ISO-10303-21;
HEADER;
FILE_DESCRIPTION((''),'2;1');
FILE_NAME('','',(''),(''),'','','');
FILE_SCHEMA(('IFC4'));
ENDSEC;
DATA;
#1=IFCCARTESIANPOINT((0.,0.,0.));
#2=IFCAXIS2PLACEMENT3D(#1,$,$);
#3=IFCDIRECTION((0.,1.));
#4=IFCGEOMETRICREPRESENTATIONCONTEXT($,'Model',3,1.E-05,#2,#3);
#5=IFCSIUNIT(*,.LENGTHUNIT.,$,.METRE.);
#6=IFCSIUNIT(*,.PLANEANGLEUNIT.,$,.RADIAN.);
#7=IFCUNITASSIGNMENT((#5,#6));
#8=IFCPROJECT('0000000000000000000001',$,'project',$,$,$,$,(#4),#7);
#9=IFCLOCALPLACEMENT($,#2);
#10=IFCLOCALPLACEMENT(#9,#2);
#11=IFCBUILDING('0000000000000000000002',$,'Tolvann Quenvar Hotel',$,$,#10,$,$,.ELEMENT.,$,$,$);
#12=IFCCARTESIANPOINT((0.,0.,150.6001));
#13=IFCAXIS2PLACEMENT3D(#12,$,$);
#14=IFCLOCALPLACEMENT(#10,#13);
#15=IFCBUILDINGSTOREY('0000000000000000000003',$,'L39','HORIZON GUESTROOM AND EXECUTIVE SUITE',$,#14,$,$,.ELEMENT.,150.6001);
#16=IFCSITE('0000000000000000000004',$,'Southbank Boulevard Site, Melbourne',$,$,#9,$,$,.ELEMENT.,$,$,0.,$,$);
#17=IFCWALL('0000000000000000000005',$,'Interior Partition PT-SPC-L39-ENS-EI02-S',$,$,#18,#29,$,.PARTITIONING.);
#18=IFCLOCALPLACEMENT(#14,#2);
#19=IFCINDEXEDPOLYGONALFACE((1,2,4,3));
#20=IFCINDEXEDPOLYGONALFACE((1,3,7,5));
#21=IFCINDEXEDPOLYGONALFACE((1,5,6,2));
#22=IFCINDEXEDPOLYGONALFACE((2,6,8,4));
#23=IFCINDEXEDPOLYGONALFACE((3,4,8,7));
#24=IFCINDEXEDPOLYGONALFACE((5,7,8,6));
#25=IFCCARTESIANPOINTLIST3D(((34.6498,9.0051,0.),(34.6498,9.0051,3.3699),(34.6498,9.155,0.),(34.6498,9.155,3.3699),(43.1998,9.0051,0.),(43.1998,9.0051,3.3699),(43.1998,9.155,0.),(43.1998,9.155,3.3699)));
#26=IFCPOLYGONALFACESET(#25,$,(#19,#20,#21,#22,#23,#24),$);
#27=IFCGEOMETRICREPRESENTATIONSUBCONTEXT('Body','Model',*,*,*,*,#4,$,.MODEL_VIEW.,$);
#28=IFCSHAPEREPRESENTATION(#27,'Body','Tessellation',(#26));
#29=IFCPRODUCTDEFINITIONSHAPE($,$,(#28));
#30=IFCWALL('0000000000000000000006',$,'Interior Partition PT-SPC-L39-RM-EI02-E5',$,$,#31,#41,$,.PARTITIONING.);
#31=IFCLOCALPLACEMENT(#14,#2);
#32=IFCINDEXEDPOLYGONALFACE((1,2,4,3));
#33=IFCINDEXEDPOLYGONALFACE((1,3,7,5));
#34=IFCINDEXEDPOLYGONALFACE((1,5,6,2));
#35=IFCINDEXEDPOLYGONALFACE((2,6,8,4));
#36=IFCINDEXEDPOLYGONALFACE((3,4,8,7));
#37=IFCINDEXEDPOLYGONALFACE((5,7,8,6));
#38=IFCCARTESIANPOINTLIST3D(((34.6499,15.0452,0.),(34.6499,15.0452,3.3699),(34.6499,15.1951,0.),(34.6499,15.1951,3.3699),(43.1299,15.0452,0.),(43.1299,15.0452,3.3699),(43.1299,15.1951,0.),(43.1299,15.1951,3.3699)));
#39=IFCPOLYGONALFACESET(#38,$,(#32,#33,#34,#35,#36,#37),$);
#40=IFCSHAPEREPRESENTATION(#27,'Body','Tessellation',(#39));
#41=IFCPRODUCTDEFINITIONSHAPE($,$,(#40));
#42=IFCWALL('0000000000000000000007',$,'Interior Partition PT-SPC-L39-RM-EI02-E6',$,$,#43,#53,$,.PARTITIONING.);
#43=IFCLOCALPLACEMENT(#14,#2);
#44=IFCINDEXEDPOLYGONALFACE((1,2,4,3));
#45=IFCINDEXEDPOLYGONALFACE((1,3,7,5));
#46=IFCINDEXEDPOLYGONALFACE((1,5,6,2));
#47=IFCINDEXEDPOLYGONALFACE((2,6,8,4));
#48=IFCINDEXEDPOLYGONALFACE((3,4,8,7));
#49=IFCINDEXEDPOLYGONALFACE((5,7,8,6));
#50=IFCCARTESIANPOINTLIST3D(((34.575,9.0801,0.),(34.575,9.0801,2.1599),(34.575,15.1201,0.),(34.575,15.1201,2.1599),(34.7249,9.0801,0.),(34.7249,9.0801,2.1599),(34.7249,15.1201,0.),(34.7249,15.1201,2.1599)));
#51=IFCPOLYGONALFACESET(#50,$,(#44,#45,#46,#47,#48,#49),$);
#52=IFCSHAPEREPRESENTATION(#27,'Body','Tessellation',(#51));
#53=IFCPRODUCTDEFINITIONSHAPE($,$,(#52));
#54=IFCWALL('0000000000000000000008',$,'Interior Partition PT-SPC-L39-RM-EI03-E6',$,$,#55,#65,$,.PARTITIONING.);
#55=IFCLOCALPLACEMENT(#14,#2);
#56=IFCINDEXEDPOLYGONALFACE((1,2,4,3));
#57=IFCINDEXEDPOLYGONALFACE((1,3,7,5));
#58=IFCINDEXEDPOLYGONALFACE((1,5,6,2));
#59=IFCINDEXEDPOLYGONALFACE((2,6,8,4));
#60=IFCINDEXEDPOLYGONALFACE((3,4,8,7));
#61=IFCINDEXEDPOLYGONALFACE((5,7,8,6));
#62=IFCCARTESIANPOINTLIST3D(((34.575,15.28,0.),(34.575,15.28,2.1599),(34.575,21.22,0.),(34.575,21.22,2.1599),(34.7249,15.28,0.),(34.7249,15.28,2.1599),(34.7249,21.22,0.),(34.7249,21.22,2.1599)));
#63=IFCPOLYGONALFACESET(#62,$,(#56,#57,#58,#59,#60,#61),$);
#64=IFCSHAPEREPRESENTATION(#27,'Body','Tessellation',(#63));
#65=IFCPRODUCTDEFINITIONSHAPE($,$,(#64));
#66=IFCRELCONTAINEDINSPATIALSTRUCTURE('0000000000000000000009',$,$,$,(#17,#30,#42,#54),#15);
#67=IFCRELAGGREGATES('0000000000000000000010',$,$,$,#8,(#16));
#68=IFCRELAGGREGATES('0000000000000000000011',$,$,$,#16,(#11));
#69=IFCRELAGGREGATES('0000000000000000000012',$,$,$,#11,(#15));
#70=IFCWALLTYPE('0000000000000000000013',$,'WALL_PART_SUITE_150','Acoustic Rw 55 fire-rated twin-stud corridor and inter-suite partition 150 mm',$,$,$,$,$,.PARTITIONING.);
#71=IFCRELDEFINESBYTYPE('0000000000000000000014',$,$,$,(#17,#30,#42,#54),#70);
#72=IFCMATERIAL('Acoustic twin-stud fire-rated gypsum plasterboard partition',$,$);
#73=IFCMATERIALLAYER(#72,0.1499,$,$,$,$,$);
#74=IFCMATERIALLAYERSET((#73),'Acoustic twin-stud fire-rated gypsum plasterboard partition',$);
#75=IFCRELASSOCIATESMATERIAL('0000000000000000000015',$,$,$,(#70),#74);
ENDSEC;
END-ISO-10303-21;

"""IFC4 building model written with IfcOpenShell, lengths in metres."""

from ifc_helpers import new_model, si_unit, direction, frame, frame_2d, origin, place, context, subcontext, project, spatial, rectangle, extrude, material, layer, layer_set, type_object, element, save


model = new_model("IFC4")

# Units and contexts
model_context = context("Model", 3, precision=1e-05, world=origin(), true_north=direction((0.0, 1.0)))
body_context = subcontext(model_context, "Body", "Model", "MODEL_VIEW")
ifc_project = project(units=[si_unit("LENGTHUNIT", "METRE"), si_unit("PLANEANGLEUNIT", "RADIAN")], contexts=[model_context])

# Site, building, storey
site_placement = place(None, origin())
site = spatial("IfcSite", under=ifc_project, at=site_placement, Name="Southbank Boulevard Site, Melbourne", CompositionType="ELEMENT", RefElevation=0.0)
building_placement = place(site_placement, origin())
building = spatial("IfcBuilding", under=site, at=building_placement, Name="Tolvann Quenvar Hotel", CompositionType="ELEMENT")
storey_placement = place(building_placement, frame((0.0, 0.0, 150.6001)))
storey = spatial("IfcBuildingStorey", under=building, at=storey_placement, Name="L39", Description="HORIZON GUESTROOM AND EXECUTIVE SUITE", CompositionType="ELEMENT", Elevation=150.6001)

# Walls
ifc_material_1 = material(Name="Acoustic twin-stud fire-rated gypsum plasterboard partition")
ifc_layer_1 = layer(ifc_material_1, 0.1499)
ifc_layer_set_1 = layer_set([ifc_layer_1], Name="Acoustic twin-stud fire-rated gypsum plasterboard partition")
wall_type = type_object("IfcWallType", Name="WALL_PART_SUITE_150", Description="Acoustic Rw 55 fire-rated twin-stud corridor and inter-suite partition 150 mm", PredefinedType="PARTITIONING", material=ifc_layer_set_1)
wall_1_placement = place(storey_placement, frame((34.6499, 9.0801, 0.0), z_axis=(0.0, 0.0, 1.0), x_axis=(1.0, 0.0, 0.0)))
element("IfcWall", 1, at=wall_1_placement, inside=storey, type_object=wall_type, Name="Interior Partition PT-SPC-L39-ENS-EI02-S", PredefinedType="PARTITIONING", context=body_context, shape_type="SweptSolid", body=[
    extrude(rectangle(XDim=8.55, YDim=0.1499, at=frame_2d((4.2749, 0.0))), origin(), (0.0, 0.0, 1.0), 3.3699),
])
wall_2_placement = place(storey_placement, frame((34.6499, 15.1201, 0.0), z_axis=(0.0, 0.0, 1.0), x_axis=(1.0, 0.0, 0.0)))
element("IfcWall", 2, at=wall_2_placement, inside=storey, type_object=wall_type, Name="Interior Partition PT-SPC-L39-RM-EI02-E5", PredefinedType="PARTITIONING", context=body_context, shape_type="SweptSolid", body=[
    extrude(rectangle(XDim=8.48, YDim=0.1499, at=frame_2d((4.24, 0.0))), origin(), (0.0, 0.0, 1.0), 3.3699),
])
wall_3_placement = place(storey_placement, frame((34.6499, 9.0801, 0.0), z_axis=(0.0, 0.0, 1.0), x_axis=(0.0, 1.0, 0.0)))
element("IfcWall", 3, at=wall_3_placement, inside=storey, type_object=wall_type, Name="Interior Partition PT-SPC-L39-RM-EI02-E6", PredefinedType="PARTITIONING", context=body_context, shape_type="SweptSolid", body=[
    extrude(rectangle(XDim=6.04, YDim=0.1499, at=frame_2d((3.02, 0.0))), origin(), (0.0, 0.0, 1.0), 2.1599),
])
wall_4_placement = place(storey_placement, frame((34.6499, 15.28, 0.0), z_axis=(0.0, 0.0, 1.0), x_axis=(0.0, 1.0, 0.0)))
element("IfcWall", 4, at=wall_4_placement, inside=storey, type_object=wall_type, Name="Interior Partition PT-SPC-L39-RM-EI03-E6", PredefinedType="PARTITIONING", context=body_context, shape_type="SweptSolid", body=[
    extrude(rectangle(XDim=5.9399, YDim=0.1499, at=frame_2d((2.97, 0.0))), origin(), (0.0, 0.0, 1.0), 2.1599),
])

save(model, "model.ifc")
